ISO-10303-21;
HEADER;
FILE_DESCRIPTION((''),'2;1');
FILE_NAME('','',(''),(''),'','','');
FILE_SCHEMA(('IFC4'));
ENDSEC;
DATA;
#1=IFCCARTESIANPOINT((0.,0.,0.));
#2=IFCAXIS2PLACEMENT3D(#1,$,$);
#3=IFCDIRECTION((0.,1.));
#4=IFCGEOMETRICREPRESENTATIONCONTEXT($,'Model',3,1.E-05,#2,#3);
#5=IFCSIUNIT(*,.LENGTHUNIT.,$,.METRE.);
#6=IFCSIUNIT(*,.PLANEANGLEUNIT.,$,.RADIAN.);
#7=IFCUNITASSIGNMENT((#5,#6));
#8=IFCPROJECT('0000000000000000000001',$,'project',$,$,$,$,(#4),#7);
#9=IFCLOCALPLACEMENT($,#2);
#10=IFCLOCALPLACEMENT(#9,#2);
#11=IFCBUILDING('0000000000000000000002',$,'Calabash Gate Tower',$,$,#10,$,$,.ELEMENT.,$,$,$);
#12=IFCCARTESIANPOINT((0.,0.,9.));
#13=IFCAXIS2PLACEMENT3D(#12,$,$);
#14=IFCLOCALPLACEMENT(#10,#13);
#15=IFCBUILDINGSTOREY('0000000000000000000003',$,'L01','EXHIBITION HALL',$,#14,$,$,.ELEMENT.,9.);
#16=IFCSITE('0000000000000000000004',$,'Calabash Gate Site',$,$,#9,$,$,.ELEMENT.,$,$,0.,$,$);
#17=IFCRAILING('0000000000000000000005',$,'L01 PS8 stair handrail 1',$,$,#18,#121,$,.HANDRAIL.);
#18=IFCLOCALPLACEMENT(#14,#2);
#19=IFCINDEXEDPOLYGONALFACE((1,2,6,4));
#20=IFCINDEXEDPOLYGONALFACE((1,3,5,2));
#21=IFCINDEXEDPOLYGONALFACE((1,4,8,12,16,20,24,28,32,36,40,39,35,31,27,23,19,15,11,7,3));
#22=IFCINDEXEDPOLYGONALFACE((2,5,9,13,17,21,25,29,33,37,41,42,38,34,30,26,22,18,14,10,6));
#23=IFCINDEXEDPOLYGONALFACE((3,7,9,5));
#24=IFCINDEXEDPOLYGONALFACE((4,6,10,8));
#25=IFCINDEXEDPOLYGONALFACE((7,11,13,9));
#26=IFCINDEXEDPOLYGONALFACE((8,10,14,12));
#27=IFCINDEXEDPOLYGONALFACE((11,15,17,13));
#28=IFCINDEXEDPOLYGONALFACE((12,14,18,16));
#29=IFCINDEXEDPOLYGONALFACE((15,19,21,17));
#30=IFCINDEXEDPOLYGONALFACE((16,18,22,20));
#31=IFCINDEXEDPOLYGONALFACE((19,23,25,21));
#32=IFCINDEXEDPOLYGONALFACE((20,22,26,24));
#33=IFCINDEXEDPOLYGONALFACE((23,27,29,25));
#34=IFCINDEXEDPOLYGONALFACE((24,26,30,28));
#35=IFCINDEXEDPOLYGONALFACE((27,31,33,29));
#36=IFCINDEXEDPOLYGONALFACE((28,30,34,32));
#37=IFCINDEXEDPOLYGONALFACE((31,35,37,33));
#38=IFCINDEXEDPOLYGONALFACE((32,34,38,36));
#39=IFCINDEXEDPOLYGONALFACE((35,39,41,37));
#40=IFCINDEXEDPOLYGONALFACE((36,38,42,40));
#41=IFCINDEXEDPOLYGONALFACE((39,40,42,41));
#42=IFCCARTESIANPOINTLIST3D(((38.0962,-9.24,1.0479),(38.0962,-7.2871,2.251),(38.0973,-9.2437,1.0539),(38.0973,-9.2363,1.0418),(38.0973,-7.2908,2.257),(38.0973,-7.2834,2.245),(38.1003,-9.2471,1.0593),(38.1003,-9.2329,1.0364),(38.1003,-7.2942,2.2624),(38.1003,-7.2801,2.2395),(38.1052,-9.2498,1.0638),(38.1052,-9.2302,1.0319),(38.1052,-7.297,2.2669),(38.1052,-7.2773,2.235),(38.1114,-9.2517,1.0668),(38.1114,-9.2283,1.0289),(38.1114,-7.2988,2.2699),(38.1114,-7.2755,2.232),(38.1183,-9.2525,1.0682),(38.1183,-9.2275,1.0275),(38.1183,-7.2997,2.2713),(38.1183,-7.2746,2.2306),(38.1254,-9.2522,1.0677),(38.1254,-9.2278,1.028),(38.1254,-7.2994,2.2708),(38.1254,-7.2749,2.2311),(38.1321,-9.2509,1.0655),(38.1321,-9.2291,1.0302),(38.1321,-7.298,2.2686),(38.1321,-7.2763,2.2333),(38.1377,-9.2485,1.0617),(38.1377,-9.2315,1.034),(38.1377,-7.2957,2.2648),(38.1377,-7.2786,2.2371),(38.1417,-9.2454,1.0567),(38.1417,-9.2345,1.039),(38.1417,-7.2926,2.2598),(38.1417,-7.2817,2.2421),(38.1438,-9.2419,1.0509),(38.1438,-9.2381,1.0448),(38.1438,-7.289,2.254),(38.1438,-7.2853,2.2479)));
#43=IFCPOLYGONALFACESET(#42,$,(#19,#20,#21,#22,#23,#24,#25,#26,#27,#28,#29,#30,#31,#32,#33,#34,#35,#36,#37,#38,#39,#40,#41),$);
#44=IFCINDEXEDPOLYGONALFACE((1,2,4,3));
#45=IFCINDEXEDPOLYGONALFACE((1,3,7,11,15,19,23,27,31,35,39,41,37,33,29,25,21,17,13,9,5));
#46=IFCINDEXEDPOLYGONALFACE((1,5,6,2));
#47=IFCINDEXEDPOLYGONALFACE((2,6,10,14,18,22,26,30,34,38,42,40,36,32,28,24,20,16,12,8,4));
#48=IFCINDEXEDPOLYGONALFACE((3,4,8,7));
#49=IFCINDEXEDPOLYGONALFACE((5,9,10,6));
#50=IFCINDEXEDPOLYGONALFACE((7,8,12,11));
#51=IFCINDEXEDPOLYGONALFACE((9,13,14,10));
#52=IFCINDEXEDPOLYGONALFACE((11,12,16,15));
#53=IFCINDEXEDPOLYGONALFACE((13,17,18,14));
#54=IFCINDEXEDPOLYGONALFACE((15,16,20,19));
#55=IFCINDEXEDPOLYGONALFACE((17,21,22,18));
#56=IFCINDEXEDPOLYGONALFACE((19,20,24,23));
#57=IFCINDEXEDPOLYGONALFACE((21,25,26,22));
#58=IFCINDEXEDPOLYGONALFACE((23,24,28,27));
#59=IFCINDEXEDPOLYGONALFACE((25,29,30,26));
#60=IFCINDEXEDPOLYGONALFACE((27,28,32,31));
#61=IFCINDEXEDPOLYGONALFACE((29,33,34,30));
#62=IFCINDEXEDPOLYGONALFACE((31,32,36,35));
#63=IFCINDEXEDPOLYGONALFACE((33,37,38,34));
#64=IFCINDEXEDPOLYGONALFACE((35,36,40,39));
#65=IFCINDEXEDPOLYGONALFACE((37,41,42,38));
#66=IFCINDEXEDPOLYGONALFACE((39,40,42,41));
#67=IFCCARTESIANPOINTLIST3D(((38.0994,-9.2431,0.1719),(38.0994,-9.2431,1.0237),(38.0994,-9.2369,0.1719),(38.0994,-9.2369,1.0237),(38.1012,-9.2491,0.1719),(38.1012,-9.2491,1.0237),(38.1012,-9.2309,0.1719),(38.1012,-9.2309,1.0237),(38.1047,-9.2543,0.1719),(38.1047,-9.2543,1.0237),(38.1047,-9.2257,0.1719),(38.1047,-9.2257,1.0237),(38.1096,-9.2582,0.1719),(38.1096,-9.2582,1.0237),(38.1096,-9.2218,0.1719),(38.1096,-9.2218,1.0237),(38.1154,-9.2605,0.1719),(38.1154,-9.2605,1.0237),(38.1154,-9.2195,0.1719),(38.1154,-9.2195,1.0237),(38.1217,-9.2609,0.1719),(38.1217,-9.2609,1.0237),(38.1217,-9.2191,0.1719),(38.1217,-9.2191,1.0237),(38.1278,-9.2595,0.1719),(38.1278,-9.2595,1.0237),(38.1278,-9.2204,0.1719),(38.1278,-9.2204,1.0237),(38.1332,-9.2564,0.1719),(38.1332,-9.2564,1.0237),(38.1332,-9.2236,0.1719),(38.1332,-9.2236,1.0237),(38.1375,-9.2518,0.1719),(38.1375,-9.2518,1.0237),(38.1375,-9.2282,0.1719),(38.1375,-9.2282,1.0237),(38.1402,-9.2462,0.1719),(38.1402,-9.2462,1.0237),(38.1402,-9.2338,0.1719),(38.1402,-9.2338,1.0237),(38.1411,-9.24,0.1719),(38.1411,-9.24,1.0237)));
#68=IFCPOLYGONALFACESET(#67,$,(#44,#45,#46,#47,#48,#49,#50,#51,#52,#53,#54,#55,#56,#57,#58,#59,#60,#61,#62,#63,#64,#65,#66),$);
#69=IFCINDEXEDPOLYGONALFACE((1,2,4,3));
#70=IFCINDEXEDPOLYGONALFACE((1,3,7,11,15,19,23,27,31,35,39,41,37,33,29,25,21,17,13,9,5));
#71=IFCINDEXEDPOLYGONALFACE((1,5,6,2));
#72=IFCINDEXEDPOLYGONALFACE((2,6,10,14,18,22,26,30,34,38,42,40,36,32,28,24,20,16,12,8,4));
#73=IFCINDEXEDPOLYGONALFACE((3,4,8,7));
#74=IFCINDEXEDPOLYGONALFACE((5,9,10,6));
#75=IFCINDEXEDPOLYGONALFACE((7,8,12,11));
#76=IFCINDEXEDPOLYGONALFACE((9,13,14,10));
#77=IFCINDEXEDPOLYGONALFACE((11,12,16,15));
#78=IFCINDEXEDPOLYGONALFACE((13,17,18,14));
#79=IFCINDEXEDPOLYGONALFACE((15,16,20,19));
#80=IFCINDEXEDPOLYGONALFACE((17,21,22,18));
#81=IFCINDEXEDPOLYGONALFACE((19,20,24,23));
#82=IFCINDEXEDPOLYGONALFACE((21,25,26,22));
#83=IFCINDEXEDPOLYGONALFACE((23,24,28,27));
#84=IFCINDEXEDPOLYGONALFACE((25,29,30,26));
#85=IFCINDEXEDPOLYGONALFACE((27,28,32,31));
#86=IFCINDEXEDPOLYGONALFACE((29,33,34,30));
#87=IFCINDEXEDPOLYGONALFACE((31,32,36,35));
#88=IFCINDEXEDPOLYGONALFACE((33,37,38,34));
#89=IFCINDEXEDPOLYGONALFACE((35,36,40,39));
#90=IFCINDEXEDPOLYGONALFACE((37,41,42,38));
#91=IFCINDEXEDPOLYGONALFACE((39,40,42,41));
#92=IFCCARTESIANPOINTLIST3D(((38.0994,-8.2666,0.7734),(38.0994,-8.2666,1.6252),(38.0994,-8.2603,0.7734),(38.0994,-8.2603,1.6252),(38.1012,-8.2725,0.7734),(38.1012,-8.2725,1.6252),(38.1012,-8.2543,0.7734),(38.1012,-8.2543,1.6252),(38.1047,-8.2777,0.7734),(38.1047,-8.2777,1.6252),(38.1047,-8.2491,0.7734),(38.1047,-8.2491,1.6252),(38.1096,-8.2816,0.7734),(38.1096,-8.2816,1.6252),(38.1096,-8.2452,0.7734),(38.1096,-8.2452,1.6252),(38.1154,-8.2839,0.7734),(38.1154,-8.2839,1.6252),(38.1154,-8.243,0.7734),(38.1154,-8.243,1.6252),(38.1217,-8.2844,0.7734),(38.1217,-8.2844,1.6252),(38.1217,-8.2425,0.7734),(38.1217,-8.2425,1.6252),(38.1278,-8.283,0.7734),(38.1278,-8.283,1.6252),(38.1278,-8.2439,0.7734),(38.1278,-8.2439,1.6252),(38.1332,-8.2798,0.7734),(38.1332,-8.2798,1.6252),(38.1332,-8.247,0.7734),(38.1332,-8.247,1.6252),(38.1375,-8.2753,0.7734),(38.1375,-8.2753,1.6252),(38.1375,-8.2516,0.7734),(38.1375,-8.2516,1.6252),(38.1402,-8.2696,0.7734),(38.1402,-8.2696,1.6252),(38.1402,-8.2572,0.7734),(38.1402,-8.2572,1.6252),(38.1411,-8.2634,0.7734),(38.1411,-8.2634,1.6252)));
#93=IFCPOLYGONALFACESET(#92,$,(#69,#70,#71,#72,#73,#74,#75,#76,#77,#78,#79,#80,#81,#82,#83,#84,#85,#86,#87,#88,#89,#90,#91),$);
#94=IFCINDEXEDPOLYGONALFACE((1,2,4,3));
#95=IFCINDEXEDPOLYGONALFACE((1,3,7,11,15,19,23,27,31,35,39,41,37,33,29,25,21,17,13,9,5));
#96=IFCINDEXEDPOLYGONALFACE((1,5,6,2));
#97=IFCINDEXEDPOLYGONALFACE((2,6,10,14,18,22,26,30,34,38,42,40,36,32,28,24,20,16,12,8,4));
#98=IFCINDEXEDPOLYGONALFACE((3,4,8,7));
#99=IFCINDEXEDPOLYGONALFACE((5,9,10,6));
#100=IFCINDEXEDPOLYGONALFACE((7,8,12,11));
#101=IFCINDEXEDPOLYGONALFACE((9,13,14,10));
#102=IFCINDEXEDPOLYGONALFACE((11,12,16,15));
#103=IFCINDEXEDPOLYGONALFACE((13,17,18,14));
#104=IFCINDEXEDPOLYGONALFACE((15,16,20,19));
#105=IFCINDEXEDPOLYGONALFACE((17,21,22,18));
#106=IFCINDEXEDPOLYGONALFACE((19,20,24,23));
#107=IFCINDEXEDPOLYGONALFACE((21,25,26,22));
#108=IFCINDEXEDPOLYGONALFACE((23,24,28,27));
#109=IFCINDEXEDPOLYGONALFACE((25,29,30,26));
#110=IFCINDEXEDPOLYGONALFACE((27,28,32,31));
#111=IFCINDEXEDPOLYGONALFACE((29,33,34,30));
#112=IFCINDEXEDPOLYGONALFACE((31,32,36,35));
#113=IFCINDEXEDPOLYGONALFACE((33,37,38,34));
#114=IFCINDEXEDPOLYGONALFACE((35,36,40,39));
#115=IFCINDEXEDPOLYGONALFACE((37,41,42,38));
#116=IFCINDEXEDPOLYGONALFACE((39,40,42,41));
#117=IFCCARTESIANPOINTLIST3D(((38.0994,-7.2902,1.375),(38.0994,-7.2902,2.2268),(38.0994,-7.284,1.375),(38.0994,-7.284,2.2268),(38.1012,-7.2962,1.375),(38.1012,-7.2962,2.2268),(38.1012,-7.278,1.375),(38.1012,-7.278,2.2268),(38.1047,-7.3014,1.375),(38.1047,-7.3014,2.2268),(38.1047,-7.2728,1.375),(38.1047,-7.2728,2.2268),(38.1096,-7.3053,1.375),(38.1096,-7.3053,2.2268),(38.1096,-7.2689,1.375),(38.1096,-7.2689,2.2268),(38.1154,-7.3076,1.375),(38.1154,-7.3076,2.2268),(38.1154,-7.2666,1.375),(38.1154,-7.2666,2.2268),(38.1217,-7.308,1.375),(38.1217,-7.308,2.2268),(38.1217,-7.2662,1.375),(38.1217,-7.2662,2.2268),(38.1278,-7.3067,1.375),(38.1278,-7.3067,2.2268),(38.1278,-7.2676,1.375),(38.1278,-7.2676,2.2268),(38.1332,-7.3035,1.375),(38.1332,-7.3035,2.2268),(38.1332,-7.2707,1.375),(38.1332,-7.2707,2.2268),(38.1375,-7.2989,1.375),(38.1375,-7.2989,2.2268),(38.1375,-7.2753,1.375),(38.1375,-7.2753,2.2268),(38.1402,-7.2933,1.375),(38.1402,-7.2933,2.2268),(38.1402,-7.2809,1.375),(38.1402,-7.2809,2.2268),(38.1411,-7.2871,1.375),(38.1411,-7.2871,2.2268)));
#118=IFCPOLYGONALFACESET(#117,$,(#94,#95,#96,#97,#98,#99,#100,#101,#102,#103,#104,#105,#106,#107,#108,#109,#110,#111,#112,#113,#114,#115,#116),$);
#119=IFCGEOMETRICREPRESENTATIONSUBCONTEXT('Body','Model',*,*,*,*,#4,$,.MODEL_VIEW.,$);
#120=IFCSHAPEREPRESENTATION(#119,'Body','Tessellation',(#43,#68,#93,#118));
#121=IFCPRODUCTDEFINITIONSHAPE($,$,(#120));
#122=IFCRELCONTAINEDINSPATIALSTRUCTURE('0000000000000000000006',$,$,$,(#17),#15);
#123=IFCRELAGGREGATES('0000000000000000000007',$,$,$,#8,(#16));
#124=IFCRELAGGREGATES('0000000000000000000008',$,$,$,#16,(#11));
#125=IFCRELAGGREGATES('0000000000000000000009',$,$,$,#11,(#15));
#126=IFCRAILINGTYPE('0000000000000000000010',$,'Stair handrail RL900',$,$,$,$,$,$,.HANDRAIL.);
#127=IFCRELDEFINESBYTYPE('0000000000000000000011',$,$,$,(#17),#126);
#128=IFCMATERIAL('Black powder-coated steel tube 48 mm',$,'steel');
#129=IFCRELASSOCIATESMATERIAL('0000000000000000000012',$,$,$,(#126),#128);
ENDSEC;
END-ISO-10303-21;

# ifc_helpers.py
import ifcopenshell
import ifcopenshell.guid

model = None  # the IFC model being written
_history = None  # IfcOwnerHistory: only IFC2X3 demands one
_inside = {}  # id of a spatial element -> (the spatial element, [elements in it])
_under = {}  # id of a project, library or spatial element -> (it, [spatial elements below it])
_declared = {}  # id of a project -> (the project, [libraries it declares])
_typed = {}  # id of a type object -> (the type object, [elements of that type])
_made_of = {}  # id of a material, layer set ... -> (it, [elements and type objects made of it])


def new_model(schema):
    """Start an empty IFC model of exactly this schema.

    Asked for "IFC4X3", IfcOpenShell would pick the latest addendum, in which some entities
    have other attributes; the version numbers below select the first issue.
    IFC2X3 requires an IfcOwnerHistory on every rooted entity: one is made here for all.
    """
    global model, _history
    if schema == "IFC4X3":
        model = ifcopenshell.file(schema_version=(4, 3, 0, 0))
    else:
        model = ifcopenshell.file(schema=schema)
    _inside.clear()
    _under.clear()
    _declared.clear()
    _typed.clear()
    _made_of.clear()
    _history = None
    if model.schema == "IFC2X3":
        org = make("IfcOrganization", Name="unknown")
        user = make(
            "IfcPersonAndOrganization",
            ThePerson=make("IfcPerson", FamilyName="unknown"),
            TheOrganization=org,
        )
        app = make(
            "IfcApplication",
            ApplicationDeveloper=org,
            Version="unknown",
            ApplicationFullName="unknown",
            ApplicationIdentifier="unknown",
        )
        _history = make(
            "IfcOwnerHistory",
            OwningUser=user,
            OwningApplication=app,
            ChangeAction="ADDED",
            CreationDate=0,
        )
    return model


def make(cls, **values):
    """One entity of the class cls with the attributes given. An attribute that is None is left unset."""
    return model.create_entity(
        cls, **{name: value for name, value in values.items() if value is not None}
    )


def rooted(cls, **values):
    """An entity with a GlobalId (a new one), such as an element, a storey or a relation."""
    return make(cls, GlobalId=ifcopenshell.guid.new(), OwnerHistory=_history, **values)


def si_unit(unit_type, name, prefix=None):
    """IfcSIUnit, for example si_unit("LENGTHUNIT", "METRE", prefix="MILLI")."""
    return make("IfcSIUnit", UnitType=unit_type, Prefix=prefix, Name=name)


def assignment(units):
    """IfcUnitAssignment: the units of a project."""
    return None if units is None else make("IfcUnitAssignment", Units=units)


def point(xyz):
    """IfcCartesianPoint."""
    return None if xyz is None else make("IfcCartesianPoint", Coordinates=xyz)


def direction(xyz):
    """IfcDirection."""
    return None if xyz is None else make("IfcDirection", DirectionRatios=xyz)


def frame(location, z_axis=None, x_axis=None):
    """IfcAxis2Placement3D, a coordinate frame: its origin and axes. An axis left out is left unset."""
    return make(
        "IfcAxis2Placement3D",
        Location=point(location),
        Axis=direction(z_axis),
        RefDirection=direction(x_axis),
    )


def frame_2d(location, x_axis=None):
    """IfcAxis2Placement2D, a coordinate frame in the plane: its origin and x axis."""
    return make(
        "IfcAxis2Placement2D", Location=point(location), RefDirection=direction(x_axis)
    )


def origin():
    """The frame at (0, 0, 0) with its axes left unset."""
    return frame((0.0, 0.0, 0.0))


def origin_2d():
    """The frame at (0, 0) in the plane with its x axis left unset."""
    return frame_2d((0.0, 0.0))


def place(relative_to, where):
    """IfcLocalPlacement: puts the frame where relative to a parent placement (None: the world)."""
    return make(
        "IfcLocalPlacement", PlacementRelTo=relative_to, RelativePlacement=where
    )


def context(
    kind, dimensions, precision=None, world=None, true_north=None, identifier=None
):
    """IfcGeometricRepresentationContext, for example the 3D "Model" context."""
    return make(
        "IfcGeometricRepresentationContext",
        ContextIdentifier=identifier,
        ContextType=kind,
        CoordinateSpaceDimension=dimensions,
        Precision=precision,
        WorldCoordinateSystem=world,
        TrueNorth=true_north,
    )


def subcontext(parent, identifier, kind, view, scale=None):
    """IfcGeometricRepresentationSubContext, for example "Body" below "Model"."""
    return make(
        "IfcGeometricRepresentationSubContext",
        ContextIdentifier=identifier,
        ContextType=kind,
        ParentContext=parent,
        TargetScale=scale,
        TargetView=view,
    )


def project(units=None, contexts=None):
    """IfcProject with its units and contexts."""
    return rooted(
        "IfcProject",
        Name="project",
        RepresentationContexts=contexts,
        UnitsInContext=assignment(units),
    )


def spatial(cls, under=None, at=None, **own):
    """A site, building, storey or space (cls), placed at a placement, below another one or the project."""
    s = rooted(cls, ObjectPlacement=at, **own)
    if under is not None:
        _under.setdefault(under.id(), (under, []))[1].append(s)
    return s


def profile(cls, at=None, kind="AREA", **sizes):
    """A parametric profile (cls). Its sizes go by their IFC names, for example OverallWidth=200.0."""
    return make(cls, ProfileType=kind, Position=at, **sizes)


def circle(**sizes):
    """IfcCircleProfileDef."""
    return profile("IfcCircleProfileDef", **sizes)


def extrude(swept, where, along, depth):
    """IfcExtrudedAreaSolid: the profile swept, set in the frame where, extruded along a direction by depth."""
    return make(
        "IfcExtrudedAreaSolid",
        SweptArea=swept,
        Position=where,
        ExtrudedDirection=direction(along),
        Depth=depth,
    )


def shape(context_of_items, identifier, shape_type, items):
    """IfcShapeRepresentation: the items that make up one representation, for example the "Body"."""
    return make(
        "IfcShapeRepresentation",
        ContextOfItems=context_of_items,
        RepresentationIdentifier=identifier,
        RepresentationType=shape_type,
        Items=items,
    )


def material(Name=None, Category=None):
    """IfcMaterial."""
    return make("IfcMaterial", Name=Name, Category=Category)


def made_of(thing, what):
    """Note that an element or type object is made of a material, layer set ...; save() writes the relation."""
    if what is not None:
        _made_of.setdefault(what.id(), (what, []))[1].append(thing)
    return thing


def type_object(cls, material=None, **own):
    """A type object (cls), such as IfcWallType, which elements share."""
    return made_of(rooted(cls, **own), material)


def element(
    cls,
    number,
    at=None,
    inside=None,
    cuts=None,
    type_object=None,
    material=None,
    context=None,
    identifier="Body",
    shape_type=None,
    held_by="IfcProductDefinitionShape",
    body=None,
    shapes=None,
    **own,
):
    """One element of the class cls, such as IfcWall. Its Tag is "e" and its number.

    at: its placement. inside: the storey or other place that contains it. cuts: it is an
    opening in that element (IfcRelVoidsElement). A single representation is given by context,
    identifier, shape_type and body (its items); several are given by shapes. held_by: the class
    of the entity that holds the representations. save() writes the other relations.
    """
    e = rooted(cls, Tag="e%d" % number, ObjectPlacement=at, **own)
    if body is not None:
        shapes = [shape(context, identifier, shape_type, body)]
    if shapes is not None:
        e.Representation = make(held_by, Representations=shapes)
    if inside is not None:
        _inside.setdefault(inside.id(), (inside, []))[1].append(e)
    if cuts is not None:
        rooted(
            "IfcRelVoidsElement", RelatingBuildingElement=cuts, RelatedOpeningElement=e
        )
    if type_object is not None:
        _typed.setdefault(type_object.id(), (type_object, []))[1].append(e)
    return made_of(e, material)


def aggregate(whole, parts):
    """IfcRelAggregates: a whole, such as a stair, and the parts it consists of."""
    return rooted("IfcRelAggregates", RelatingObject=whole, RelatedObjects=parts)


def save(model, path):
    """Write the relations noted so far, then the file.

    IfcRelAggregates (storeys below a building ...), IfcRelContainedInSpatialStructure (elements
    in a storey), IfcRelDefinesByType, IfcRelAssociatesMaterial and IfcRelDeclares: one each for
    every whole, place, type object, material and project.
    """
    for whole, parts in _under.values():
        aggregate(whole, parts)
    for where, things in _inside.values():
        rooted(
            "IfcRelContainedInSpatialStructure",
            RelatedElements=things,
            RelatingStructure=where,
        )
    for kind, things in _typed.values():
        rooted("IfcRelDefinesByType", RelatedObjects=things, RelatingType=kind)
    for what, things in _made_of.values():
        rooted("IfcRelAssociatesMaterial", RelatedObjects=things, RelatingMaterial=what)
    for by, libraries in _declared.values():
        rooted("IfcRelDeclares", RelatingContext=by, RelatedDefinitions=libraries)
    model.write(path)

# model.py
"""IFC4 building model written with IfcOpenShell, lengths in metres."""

from ifc_helpers import new_model, si_unit, direction, frame, origin, origin_2d, place, context, subcontext, project, spatial, circle, extrude, material, type_object, element, save


model = new_model("IFC4")

# Units and contexts
model_context = context("Model", 3, precision=1e-05, world=origin(), true_north=direction((0.0, 1.0)))
body_context = subcontext(model_context, "Body", "Model", "MODEL_VIEW")
ifc_project = project(units=[si_unit("LENGTHUNIT", "METRE"), si_unit("PLANEANGLEUNIT", "RADIAN")], contexts=[model_context])

# Site, building, storey
site_placement = place(None, origin())
site = spatial("IfcSite", under=ifc_project, at=site_placement, Name="Calabash Gate Site", CompositionType="ELEMENT", RefElevation=0.0)
building_placement = place(site_placement, origin())
building = spatial("IfcBuilding", under=site, at=building_placement, Name="Calabash Gate Tower", CompositionType="ELEMENT")
storey_placement = place(building_placement, frame((0.0, 0.0, 9.0)))
storey = spatial("IfcBuildingStorey", under=building, at=storey_placement, Name="L01", Description="EXHIBITION HALL", CompositionType="ELEMENT", Elevation=9.0)

# Railing
ifc_material_1 = material(Name="Black powder-coated steel tube 48 mm", Category="steel")
railing_type_1 = type_object("IfcRailingType", Name="Stair handrail RL900", PredefinedType="HANDRAIL", material=ifc_material_1)
railing_1_placement = place(storey_placement, frame((38.1201, -9.24, 0.1719)))
element("IfcRailing", 1, at=railing_1_placement, inside=storey, type_object=railing_type_1, Name="L01 PS8 stair handrail 1", PredefinedType="HANDRAIL", context=body_context, shape_type="SweptSolid", body=[
    extrude(circle(Radius=0.0239, at=origin_2d()), frame((0.0, 0.0, 0.876), z_axis=(0.0, 0.851395, 0.524525), x_axis=(-1.0, 0.0, 0.0)), (0.0, 0.0, 1.0), 2.2937),
    extrude(circle(Radius=0.021, at=origin_2d()), origin(), (0.0, 0.0, 1.0), 0.8518),
    extrude(circle(Radius=0.021, at=origin_2d()), frame((0.0, 0.9766, 0.6016)), (0.0, 0.0, 1.0), 0.8518),
    extrude(circle(Radius=0.021, at=origin_2d()), frame((0.0, 1.9529, 1.2031)), (0.0, 0.0, 1.0), 0.8518),
])

save(model, "model.ifc")
